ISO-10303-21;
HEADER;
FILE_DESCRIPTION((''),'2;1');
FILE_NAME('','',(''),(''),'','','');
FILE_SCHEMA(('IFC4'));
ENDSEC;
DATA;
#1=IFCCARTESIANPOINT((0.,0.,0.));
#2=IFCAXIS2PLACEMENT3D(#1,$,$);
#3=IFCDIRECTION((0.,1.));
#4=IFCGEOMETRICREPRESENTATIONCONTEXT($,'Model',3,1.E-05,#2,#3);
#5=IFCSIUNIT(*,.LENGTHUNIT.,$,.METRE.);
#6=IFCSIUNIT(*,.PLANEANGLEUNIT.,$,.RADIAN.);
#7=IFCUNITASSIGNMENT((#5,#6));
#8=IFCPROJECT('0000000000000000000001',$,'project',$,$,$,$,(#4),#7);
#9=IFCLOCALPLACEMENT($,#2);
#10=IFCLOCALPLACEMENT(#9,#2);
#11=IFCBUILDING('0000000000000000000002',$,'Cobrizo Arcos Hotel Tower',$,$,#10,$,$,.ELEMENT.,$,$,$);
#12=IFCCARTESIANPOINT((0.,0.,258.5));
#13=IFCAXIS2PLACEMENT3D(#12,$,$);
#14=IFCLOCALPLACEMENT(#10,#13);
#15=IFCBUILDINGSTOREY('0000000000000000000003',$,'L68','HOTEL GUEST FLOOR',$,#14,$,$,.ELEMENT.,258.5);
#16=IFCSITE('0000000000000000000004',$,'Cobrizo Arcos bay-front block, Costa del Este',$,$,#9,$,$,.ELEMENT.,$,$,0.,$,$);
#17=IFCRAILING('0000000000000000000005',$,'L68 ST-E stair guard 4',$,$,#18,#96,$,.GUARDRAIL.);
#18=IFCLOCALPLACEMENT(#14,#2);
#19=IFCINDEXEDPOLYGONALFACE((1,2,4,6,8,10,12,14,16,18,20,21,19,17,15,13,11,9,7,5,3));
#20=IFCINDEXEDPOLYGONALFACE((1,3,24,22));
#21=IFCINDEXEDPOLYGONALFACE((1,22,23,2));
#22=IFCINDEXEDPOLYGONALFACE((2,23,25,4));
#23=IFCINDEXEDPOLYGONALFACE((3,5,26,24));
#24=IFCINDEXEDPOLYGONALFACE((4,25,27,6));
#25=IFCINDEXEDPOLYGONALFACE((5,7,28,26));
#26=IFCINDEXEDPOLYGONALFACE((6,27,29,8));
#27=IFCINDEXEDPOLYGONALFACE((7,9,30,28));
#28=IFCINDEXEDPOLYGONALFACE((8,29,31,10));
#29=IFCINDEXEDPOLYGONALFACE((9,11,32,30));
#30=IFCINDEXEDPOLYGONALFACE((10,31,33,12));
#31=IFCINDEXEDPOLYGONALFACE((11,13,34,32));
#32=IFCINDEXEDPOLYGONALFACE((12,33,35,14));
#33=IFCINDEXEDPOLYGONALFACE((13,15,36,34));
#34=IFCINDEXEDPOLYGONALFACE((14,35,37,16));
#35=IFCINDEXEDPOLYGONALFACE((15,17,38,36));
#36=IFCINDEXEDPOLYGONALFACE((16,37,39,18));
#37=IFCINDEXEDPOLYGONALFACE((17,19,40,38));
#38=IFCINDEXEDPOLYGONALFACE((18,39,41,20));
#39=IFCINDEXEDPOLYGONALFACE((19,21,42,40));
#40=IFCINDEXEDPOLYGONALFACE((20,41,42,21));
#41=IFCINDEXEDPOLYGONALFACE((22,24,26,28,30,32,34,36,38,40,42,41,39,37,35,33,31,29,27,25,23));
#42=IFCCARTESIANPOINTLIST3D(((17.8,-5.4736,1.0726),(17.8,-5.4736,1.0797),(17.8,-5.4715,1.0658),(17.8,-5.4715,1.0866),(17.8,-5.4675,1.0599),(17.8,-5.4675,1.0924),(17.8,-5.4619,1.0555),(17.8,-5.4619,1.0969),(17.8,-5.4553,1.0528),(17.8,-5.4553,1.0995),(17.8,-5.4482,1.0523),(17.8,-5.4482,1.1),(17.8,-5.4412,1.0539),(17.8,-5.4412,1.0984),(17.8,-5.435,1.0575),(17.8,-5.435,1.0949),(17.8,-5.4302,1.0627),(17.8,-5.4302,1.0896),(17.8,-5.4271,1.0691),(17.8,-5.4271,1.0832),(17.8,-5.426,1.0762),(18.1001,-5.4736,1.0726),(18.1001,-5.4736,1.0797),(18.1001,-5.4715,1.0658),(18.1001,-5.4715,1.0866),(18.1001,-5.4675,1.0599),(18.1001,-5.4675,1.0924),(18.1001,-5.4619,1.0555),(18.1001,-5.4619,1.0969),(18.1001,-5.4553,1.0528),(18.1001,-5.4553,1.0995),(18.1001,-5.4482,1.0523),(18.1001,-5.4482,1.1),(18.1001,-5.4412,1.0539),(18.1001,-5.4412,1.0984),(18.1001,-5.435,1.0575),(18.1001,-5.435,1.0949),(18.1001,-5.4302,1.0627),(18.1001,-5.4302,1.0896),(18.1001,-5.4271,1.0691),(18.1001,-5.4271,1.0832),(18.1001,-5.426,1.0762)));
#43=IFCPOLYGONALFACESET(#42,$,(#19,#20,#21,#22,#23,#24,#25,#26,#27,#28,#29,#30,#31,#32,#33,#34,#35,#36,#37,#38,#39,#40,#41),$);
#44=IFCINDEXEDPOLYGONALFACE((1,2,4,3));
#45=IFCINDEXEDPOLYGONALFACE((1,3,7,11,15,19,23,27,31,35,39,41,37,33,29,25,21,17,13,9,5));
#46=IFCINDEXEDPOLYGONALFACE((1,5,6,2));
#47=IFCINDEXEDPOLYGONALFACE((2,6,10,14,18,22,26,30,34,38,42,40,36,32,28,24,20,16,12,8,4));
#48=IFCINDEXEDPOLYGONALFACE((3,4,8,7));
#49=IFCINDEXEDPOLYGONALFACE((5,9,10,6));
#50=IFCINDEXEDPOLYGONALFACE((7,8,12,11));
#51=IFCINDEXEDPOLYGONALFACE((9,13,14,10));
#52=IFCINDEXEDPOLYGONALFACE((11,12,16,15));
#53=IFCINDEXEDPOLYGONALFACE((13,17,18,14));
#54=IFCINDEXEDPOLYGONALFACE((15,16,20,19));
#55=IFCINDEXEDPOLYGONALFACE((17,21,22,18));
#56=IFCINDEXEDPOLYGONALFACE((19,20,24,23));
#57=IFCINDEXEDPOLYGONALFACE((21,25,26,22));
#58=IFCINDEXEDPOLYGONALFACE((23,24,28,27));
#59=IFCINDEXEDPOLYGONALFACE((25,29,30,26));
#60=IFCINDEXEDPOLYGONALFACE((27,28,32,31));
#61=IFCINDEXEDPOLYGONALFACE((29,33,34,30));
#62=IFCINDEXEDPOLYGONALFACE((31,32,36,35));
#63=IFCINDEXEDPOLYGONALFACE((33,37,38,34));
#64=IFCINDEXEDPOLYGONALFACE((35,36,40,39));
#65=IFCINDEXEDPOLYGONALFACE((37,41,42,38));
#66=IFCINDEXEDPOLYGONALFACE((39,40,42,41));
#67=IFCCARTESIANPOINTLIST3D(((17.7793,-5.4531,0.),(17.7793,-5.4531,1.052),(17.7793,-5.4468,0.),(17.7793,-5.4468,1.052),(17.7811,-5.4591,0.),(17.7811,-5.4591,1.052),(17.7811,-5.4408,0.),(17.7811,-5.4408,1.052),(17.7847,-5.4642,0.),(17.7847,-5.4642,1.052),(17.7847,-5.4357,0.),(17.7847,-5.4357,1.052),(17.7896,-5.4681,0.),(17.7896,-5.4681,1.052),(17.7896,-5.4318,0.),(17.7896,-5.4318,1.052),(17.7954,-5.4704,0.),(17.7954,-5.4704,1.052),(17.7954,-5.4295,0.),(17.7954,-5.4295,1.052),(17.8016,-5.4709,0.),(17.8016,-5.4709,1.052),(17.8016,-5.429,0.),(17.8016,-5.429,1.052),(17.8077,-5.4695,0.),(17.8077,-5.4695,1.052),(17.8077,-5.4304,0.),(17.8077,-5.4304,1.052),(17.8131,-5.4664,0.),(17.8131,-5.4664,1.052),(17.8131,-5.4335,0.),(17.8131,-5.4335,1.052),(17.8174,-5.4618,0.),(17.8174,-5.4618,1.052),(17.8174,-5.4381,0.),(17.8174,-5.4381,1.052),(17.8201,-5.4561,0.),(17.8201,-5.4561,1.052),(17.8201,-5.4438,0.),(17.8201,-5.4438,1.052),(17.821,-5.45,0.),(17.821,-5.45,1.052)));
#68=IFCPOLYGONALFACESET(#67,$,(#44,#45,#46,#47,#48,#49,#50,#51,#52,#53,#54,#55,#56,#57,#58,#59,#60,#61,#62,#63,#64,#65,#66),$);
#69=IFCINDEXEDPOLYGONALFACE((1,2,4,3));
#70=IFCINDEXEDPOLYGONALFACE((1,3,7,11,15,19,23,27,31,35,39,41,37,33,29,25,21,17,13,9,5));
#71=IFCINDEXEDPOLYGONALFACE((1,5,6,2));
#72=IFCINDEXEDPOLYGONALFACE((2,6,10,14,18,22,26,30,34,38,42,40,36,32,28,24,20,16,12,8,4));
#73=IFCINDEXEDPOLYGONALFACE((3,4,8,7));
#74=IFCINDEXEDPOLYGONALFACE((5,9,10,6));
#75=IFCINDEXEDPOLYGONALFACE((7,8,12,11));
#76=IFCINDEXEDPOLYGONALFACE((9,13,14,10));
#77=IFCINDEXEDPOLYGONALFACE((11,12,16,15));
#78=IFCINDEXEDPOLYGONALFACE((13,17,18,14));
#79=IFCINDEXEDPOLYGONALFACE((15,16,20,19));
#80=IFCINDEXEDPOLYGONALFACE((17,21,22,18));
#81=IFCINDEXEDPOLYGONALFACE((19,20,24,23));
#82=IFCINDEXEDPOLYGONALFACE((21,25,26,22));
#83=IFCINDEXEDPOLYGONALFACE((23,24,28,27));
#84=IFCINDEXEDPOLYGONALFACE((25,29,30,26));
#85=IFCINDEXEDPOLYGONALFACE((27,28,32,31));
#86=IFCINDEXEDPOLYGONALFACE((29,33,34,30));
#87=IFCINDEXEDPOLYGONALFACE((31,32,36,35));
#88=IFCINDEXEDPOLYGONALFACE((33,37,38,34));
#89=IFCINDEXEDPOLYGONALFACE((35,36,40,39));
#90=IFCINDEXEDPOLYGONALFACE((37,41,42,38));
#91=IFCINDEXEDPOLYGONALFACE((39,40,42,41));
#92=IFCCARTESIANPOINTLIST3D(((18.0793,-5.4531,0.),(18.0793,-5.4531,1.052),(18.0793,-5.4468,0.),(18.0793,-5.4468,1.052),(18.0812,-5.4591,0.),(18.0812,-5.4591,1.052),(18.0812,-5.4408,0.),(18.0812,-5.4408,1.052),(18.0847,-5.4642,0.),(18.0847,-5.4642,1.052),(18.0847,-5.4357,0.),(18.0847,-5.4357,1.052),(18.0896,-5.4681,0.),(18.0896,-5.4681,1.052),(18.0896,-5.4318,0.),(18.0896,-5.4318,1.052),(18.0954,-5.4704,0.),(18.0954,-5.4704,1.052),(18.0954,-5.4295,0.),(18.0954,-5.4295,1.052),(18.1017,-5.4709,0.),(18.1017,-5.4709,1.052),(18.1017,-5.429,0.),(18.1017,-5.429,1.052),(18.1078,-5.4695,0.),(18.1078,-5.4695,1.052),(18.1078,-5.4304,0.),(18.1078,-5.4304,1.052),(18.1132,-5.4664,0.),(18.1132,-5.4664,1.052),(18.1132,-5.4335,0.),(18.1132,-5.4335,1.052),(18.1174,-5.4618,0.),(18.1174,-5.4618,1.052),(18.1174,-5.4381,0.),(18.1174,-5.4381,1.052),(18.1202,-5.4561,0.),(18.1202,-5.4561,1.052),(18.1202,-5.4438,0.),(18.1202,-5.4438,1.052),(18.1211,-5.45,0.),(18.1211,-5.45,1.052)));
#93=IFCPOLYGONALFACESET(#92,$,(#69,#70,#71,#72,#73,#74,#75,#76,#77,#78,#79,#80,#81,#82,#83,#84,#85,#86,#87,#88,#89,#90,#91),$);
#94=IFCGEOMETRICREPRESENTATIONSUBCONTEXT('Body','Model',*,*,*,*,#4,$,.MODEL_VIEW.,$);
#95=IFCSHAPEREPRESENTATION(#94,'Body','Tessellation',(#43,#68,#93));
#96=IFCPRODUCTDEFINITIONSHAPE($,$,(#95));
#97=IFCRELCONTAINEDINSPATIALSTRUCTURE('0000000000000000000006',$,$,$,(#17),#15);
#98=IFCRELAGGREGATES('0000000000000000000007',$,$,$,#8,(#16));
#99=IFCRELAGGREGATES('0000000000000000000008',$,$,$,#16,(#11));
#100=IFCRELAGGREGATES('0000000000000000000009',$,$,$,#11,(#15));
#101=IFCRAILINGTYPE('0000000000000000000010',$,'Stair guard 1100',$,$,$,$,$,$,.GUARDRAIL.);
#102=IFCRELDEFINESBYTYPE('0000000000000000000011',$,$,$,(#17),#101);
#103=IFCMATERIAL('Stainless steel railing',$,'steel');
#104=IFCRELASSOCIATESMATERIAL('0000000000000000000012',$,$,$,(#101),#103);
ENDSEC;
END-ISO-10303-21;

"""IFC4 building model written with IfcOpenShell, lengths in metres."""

from ifc_helpers import new_model, si_unit, direction, frame, origin, origin_2d, place, context, subcontext, project, spatial, circle, extrude, material, type_object, element, save


model = new_model("IFC4")

# Units and contexts
model_context = context("Model", 3, precision=1e-05, world=origin(), true_north=direction((0.0, 1.0)))
body_context = subcontext(model_context, "Body", "Model", "MODEL_VIEW")
ifc_project = project(units=[si_unit("LENGTHUNIT", "METRE"), si_unit("PLANEANGLEUNIT", "RADIAN")], contexts=[model_context])

# Site, building, storey
site_placement = place(None, origin())
site = spatial("IfcSite", under=ifc_project, at=site_placement, Name="Cobrizo Arcos bay-front block, Costa del Este", CompositionType="ELEMENT", RefElevation=0.0)
building_placement = place(site_placement, origin())
building = spatial("IfcBuilding", under=site, at=building_placement, Name="Cobrizo Arcos Hotel Tower", CompositionType="ELEMENT")
storey_placement = place(building_placement, frame((0.0, 0.0, 258.5)))
storey = spatial("IfcBuildingStorey", under=building, at=storey_placement, Name="L68", Description="HOTEL GUEST FLOOR", CompositionType="ELEMENT", Elevation=258.5)

# Railing
ifc_material_1 = material(Name="Stainless steel railing", Category="steel")
railing_type_1 = type_object("IfcRailingType", Name="Stair guard 1100", PredefinedType="GUARDRAIL", material=ifc_material_1)
railing_1_placement = place(storey_placement, frame((17.8, -5.45, 0.0)))
element("IfcRailing", 1, at=railing_1_placement, inside=storey, type_object=railing_type_1, Name="L68 ST-E stair guard 4", PredefinedType="GUARDRAIL", context=body_context, shape_type="SweptSolid", body=[
    extrude(circle(Radius=0.0239, at=origin_2d()), frame((0.0, 0.0, 1.0762), z_axis=(1.0, 0.0, 0.0), x_axis=(0.0, 1.0, 0.0)), (0.0, 0.0, 1.0), 0.3),
    extrude(circle(Radius=0.021, at=origin_2d()), origin(), (0.0, 0.0, 1.0), 1.052),
    extrude(circle(Radius=0.021, at=origin_2d()), frame((0.3, 0.0, 0.0)), (0.0, 0.0, 1.0), 1.052),
])

save(model, "model.ifc")
